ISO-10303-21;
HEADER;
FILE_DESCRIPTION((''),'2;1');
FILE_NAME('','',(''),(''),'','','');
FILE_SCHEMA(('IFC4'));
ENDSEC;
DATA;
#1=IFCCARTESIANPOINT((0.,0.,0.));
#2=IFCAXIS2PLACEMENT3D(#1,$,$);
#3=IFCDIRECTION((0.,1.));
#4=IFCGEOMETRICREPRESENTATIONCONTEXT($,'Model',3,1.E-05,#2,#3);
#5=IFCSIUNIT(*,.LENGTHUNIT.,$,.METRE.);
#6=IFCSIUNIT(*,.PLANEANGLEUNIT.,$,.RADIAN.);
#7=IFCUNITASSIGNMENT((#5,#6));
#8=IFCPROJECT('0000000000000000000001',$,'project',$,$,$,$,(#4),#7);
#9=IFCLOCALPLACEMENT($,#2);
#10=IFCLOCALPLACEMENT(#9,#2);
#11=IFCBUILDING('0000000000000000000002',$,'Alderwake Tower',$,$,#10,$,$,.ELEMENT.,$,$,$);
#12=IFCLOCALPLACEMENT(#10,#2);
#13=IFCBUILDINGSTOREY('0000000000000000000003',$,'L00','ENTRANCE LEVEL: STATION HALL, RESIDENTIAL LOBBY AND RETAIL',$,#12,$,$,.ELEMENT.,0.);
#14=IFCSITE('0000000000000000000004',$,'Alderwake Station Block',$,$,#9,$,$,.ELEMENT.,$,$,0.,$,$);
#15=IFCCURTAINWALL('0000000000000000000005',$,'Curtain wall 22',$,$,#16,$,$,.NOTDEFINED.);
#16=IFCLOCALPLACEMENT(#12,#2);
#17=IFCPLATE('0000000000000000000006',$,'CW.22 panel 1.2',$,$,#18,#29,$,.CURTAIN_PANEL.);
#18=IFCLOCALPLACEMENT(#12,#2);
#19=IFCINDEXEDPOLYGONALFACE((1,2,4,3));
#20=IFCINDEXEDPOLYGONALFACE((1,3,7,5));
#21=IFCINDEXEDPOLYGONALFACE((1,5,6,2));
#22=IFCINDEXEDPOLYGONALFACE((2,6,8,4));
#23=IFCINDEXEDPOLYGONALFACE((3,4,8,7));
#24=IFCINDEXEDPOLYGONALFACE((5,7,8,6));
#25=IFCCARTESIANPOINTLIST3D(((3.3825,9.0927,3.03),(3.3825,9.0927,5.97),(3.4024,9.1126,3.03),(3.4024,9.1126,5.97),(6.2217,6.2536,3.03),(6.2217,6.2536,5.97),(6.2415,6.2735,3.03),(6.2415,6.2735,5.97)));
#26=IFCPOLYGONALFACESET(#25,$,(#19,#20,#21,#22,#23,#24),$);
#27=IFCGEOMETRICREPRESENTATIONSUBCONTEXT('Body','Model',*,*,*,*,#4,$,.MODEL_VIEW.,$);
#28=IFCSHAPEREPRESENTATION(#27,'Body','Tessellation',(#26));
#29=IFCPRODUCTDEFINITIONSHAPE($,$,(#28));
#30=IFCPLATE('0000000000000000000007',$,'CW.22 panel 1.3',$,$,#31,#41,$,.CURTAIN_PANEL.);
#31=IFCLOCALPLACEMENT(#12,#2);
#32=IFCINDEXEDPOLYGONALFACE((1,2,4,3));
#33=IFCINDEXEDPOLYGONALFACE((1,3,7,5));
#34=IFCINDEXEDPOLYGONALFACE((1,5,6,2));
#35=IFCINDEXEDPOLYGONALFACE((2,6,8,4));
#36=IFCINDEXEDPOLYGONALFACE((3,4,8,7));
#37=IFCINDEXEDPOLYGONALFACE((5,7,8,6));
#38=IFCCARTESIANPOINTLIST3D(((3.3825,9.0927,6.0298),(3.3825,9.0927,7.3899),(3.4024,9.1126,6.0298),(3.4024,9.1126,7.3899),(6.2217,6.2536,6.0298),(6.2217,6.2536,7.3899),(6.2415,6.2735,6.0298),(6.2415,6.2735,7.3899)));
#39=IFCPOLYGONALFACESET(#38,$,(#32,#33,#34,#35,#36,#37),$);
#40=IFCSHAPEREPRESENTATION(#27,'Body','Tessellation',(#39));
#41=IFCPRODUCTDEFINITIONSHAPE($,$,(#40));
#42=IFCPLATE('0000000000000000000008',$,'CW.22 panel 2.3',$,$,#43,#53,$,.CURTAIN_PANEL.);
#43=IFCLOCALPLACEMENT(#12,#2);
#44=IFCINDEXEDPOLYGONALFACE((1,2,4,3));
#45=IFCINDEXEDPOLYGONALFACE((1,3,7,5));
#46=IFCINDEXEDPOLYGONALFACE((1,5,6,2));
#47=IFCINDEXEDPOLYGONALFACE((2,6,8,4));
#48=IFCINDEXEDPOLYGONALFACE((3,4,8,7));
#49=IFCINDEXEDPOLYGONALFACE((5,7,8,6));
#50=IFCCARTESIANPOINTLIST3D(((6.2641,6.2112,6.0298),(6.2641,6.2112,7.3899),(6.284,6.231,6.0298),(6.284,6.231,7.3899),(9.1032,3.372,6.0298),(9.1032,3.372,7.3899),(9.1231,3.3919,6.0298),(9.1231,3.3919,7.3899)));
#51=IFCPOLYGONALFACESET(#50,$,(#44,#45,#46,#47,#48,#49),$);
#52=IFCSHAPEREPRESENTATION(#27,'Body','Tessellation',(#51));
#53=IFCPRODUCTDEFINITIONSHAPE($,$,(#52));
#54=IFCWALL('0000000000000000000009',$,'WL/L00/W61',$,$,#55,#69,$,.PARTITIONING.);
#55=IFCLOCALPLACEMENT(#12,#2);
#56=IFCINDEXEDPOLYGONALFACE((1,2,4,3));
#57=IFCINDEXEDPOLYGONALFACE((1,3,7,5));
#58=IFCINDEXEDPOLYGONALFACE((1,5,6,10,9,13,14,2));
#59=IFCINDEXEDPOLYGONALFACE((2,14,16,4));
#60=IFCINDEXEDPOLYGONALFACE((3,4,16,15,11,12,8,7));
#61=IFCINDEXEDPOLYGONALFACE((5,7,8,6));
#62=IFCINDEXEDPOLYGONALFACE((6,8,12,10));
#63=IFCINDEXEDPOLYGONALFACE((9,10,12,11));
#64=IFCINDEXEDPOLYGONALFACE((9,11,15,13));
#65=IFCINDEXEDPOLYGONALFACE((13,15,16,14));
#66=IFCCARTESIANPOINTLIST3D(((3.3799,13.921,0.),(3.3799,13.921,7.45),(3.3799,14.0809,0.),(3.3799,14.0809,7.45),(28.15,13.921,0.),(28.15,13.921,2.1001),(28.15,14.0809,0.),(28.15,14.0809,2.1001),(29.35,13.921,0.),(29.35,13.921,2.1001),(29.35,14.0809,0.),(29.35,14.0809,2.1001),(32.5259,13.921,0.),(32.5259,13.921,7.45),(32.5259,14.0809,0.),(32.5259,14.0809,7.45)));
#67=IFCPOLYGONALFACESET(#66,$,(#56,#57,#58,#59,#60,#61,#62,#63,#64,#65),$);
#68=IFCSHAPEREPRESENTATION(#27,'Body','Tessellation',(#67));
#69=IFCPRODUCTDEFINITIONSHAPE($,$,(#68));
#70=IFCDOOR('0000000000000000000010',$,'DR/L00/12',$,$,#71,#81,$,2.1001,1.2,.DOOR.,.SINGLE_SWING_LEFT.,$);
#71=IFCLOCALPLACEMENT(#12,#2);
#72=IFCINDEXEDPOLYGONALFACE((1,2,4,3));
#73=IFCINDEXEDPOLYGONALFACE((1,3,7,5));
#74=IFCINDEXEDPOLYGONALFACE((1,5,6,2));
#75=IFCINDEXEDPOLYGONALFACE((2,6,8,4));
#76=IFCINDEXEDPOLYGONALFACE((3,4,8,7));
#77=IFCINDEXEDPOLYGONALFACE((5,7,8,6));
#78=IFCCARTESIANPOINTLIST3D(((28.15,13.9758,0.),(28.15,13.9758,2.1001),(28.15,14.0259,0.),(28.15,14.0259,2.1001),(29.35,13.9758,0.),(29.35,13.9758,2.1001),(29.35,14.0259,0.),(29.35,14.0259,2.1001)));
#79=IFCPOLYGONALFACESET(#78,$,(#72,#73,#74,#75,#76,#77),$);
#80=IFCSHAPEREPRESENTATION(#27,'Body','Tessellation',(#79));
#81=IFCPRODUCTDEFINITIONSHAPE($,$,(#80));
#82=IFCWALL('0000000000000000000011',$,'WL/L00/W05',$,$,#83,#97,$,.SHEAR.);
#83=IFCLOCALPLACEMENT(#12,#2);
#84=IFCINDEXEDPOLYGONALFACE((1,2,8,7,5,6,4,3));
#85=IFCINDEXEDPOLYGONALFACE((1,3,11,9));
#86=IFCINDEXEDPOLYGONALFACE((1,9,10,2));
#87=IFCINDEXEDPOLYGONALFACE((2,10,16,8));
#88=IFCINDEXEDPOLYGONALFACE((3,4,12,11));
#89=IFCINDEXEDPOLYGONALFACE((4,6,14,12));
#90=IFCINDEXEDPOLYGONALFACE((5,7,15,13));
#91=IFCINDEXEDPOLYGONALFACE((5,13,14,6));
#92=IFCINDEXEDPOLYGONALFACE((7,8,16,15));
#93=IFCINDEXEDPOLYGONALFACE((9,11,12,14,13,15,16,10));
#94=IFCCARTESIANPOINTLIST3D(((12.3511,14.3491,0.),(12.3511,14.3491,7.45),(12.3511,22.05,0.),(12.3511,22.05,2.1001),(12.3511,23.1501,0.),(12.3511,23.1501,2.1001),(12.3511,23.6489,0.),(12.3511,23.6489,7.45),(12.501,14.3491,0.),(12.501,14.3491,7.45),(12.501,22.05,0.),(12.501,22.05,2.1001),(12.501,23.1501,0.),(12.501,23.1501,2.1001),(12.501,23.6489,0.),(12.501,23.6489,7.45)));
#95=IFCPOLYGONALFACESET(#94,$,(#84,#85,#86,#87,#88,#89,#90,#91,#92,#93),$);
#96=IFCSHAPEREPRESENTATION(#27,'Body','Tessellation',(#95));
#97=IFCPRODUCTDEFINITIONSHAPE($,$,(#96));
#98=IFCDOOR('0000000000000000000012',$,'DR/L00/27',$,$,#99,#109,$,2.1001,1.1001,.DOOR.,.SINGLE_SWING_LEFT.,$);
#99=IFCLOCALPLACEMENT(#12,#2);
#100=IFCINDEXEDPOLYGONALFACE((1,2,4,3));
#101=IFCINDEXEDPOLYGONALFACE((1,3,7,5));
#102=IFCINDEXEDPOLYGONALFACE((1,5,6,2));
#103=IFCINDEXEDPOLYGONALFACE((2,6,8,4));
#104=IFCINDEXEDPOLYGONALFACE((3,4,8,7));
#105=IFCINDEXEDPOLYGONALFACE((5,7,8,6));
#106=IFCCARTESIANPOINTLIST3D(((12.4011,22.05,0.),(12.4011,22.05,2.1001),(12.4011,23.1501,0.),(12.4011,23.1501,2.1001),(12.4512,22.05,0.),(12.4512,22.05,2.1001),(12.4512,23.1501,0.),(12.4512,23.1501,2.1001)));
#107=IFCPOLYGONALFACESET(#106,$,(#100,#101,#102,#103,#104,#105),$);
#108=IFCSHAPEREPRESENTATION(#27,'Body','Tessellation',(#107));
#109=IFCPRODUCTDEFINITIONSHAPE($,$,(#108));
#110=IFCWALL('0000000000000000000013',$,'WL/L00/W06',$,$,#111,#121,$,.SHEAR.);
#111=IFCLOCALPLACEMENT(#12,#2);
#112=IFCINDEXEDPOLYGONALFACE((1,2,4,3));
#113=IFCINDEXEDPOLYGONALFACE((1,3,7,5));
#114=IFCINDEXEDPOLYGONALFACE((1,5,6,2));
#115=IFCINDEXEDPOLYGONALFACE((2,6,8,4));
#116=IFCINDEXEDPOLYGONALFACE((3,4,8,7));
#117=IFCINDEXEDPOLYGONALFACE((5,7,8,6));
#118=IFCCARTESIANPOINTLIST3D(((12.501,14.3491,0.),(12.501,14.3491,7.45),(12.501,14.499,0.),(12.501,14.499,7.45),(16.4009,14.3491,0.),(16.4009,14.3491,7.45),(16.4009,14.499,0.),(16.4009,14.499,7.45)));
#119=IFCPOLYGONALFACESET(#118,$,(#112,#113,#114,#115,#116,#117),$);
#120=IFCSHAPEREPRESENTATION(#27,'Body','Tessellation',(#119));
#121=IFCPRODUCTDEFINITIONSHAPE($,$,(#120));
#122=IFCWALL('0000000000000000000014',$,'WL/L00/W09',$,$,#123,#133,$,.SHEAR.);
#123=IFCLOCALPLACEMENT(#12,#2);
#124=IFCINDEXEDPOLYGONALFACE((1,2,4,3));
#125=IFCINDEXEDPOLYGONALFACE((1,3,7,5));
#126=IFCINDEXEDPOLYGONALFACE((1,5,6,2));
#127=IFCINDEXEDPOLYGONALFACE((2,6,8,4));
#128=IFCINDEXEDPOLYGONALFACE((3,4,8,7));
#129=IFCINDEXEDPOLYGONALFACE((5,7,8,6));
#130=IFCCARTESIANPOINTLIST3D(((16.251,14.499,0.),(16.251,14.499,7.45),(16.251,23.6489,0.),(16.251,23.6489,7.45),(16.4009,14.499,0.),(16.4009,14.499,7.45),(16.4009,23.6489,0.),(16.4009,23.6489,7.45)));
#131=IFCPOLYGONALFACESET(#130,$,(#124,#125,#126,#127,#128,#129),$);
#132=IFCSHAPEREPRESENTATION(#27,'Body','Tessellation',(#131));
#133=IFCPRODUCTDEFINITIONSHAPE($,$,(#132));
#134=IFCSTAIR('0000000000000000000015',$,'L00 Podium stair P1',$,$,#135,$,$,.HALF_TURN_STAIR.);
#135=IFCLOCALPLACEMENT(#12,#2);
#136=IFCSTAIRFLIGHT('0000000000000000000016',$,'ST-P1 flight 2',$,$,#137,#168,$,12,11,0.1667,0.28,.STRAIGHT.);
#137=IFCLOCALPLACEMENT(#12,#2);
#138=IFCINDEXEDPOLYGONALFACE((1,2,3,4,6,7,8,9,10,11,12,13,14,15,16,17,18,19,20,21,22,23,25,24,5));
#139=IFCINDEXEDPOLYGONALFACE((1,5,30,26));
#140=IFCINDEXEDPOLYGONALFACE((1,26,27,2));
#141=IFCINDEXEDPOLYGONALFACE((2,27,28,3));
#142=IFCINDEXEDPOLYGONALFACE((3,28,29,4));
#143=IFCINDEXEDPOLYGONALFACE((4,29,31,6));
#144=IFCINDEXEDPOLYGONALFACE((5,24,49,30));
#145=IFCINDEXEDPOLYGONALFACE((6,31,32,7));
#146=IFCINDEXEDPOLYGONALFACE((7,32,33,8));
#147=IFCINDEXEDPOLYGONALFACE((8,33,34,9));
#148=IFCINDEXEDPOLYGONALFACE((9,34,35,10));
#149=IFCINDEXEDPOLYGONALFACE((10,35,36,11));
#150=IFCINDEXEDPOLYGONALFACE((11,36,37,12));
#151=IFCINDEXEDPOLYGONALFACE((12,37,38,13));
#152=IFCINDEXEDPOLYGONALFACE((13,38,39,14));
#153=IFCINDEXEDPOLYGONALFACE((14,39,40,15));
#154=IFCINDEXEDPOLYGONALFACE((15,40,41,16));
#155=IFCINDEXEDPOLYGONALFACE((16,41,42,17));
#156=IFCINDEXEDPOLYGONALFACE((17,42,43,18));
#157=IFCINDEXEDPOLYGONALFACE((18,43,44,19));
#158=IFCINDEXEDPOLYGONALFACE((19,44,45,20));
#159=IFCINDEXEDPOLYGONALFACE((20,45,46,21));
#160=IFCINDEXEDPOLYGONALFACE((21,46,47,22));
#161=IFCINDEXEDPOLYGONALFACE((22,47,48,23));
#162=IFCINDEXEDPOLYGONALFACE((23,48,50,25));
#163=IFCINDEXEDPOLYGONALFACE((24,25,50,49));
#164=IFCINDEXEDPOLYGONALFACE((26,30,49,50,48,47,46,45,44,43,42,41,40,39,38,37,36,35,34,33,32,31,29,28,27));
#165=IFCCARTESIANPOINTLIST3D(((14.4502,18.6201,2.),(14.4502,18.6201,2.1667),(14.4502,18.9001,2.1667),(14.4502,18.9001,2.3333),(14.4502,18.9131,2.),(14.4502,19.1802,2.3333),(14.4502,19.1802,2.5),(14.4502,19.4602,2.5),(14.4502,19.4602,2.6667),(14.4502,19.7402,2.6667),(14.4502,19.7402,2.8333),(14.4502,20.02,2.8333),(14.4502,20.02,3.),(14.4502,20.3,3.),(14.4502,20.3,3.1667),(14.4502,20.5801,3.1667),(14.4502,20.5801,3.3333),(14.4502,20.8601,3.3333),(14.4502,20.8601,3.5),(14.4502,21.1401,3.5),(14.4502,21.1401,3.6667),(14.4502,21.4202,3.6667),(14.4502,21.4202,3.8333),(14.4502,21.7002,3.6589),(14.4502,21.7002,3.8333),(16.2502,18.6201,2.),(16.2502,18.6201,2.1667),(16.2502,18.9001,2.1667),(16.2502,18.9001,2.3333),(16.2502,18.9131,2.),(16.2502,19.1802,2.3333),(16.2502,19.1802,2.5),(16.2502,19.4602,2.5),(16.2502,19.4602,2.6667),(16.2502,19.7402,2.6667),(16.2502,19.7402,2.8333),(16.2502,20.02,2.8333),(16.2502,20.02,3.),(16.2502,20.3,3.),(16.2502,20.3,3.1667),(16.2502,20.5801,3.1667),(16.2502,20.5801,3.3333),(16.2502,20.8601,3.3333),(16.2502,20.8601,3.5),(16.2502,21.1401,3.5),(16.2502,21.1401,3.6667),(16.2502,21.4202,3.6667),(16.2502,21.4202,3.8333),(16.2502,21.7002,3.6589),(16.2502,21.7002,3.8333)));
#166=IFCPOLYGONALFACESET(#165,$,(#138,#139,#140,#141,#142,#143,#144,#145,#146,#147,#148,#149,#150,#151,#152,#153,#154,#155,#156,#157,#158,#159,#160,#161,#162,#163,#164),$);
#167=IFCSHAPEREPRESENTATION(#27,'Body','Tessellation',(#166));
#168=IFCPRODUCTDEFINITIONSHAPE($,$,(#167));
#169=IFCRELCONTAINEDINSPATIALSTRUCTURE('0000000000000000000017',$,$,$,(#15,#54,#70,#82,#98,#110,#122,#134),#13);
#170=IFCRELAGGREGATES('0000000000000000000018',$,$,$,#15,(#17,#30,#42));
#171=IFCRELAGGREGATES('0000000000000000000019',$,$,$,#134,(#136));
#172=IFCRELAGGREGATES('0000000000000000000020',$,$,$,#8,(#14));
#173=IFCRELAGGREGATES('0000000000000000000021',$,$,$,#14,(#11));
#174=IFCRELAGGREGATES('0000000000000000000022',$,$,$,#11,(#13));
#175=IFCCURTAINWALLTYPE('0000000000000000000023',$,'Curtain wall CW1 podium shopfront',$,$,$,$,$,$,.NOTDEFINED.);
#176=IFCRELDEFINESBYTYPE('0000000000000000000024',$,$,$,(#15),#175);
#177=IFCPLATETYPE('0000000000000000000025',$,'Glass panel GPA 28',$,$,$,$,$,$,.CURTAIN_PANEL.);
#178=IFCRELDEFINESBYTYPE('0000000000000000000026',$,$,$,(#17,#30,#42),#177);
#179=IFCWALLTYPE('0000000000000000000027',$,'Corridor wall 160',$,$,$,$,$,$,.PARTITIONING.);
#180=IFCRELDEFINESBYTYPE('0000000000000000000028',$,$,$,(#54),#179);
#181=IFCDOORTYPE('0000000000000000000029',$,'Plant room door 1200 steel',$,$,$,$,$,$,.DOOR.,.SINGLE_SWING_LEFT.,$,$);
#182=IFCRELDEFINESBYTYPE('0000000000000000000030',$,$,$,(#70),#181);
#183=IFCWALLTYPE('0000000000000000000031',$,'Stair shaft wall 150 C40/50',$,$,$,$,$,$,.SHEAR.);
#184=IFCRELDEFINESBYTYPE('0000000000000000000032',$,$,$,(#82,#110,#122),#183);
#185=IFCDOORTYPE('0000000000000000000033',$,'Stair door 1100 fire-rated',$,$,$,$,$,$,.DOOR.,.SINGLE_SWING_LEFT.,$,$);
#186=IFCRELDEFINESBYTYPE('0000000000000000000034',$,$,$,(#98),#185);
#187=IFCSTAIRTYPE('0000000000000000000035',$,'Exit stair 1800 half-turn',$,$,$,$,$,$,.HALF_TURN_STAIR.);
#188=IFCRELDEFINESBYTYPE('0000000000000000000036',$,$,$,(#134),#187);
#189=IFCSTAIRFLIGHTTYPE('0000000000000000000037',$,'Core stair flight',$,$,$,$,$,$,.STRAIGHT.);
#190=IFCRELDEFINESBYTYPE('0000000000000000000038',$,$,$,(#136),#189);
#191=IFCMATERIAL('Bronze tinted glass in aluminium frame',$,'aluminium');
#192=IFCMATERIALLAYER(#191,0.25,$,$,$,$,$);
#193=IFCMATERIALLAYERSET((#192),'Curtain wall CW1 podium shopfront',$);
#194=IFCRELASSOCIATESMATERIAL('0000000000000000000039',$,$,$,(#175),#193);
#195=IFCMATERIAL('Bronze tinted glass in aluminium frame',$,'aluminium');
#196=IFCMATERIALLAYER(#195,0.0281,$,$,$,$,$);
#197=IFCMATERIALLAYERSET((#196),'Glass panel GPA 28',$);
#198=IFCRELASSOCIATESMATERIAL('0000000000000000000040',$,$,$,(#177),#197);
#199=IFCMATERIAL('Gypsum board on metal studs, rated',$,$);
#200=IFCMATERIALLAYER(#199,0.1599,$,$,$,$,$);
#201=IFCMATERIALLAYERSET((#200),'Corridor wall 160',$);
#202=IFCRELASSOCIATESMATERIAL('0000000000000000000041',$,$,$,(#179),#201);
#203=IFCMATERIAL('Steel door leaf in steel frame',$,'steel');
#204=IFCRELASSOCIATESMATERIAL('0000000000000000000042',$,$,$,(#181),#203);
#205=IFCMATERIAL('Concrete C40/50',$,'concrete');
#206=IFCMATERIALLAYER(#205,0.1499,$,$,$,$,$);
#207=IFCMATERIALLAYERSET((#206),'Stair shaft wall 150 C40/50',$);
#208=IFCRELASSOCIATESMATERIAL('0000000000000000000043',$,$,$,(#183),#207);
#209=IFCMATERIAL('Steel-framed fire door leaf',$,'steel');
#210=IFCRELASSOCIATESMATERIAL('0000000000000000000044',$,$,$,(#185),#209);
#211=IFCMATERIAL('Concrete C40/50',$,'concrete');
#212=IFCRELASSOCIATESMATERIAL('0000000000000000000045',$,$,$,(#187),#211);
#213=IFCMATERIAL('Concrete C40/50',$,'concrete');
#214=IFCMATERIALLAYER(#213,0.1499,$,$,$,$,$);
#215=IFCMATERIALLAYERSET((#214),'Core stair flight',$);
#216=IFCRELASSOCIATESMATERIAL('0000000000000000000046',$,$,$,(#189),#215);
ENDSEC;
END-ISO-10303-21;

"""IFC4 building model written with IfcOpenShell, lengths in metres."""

from ifc_helpers import new_model, si_unit, direction, frame, frame_2d, origin, origin_2d, place, context, subcontext, project, spatial, polyline, rectangle, outline, extrude, material, layer, layer_set, type_object, element, fill, aggregate, save


model = new_model("IFC4")

# Units and contexts
model_context = context("Model", 3, precision=1e-05, world=origin(), true_north=direction((0.0, 1.0)))
body_context = subcontext(model_context, "Body", "Model", "MODEL_VIEW")
ifc_project = project(units=[si_unit("LENGTHUNIT", "METRE"), si_unit("PLANEANGLEUNIT", "RADIAN")], contexts=[model_context])

# Site, building, storey
site_placement = place(None, origin())
site = spatial("IfcSite", under=ifc_project, at=site_placement, Name="Alderwake Station Block", CompositionType="ELEMENT", RefElevation=0.0)
building_placement = place(site_placement, origin())
building = spatial("IfcBuilding", under=site, at=building_placement, Name="Alderwake Tower", CompositionType="ELEMENT")
storey_placement = place(building_placement, origin())
storey = spatial("IfcBuildingStorey", under=building, at=storey_placement, Name="L00", Description="ENTRANCE LEVEL: STATION HALL, RESIDENTIAL LOBBY AND RETAIL", CompositionType="ELEMENT", Elevation=0.0)

# Curtain wall, plates
ifc_material_1 = material(Name="Bronze tinted glass in aluminium frame", Category="aluminium")
ifc_layer_1 = layer(ifc_material_1, 0.25)
ifc_layer_set_1 = layer_set([ifc_layer_1], Name="Curtain wall CW1 podium shopfront")
curtain_wall_type = type_object("IfcCurtainWallType", Name="Curtain wall CW1 podium shopfront", PredefinedType="NOTDEFINED", material=ifc_layer_set_1)
curtain_wall_placement = place(storey_placement, origin())
curtain_wall = element("IfcCurtainWall", 1, at=curtain_wall_placement, inside=storey, type_object=curtain_wall_type, Name="Curtain wall 22", PredefinedType="NOTDEFINED")
ifc_material_2 = material(Name="Bronze tinted glass in aluminium frame", Category="aluminium")
ifc_layer_2 = layer(ifc_material_2, 0.0281)
ifc_layer_set_2 = layer_set([ifc_layer_2], Name="Glass panel GPA 28")
plate_type = type_object("IfcPlateType", Name="Glass panel GPA 28", PredefinedType="CURTAIN_PANEL", material=ifc_layer_set_2)
plate_1_placement = place(storey_placement, frame((4.812, 7.6831, 3.03), z_axis=(0.0, 0.0, 1.0), x_axis=(0.707107, -0.707107, 0.0)))
plate_1 = element("IfcPlate", 2, at=plate_1_placement, type_object=plate_type, Name="CW.22 panel 1.2", PredefinedType="CURTAIN_PANEL", context=body_context, shape_type="SweptSolid", body=[
    extrude(rectangle(XDim=4.0151, YDim=0.0281, at=origin_2d()), origin(), (0.0, 0.0, 1.0), 2.9399),
])
plate_2_placement = place(storey_placement, frame((4.812, 7.6831, 6.0298), z_axis=(0.0, 0.0, 1.0), x_axis=(0.707107, -0.707107, 0.0)))
plate_2 = element("IfcPlate", 3, at=plate_2_placement, type_object=plate_type, Name="CW.22 panel 1.3", PredefinedType="CURTAIN_PANEL", context=body_context, shape_type="SweptSolid", body=[
    extrude(rectangle(XDim=4.0151, YDim=0.0281, at=origin_2d()), origin(), (0.0, 0.0, 1.0), 1.3601),
])
plate_3_placement = place(storey_placement, frame((7.6936, 4.8015, 6.0298), z_axis=(0.0, 0.0, 1.0), x_axis=(0.707107, -0.707107, 0.0)))
plate_3 = element("IfcPlate", 4, at=plate_3_placement, type_object=plate_type, Name="CW.22 panel 2.3", PredefinedType="CURTAIN_PANEL", context=body_context, shape_type="SweptSolid", body=[
    extrude(rectangle(XDim=4.0151, YDim=0.0281, at=origin_2d()), origin(), (0.0, 0.0, 1.0), 1.3601),
])
aggregate(curtain_wall, [plate_1, plate_2, plate_3])

# Walls, openings, doors
ifc_material_3 = material(Name="Gypsum board on metal studs, rated")
ifc_layer_3 = layer(ifc_material_3, 0.1599)
ifc_layer_set_3 = layer_set([ifc_layer_3], Name="Corridor wall 160")
wall_type_1 = type_object("IfcWallType", Name="Corridor wall 160", PredefinedType="PARTITIONING", material=ifc_layer_set_3)
wall_1_placement = place(storey_placement, frame((3.3799, 14.001, 0.0), z_axis=(0.0, 0.0, 1.0), x_axis=(1.0, 0.0, 0.0)))
wall_1 = element("IfcWall", 5, at=wall_1_placement, inside=storey, type_object=wall_type_1, Name="WL/L00/W61", PredefinedType="PARTITIONING", context=body_context, shape_type="SweptSolid", body=[
    extrude(rectangle(XDim=29.146, YDim=0.1599, at=frame_2d((14.573, 0.0))), origin(), (0.0, 0.0, 1.0), 7.45),
])
opening_1_placement = place(wall_1_placement, frame((24.77, 0.0, 0.0)))
opening_1 = element("IfcOpeningElement", 6, at=opening_1_placement, cuts=wall_1, PredefinedType="OPENING", context=body_context, shape_type="SweptSolid", body=[
    extrude(rectangle(XDim=1.2, YDim=2.1001, at=frame_2d((0.6001, 1.05))), frame((0.0, 0.0898, 0.0), z_axis=(0.0, -1.0, 0.0), x_axis=(1.0, 0.0, 0.0)), (0.0, 0.0, 1.0), 0.1799),
])
ifc_material_4 = material(Name="Steel door leaf in steel frame", Category="steel")
door_type_1 = type_object("IfcDoorType", Name="Plant room door 1200 steel", OperationType="SINGLE_SWING_LEFT", PredefinedType="DOOR", material=ifc_material_4)
door_1_placement = place(opening_1_placement, origin())
door_1 = element("IfcDoor", 7, at=door_1_placement, inside=storey, type_object=door_type_1, Name="DR/L00/12", OperationType="SINGLE_SWING_LEFT", OverallHeight=2.1001, OverallWidth=1.2, PredefinedType="DOOR", context=body_context, shape_type="SweptSolid", body=[
    extrude(rectangle(XDim=1.2, YDim=2.1001, at=frame_2d((0.6001, 1.05))), frame((0.0, 0.0249, 0.0), z_axis=(0.0, -1.0, 0.0), x_axis=(1.0, 0.0, 0.0)), (0.0, 0.0, 1.0), 0.05),
])
fill(opening_1, door_1)
ifc_material_5 = material(Name="Concrete C40/50", Category="concrete")
ifc_layer_4 = layer(ifc_material_5, 0.1499)
ifc_layer_set_4 = layer_set([ifc_layer_4], Name="Stair shaft wall 150 C40/50")
wall_type_2 = type_object("IfcWallType", Name="Stair shaft wall 150 C40/50", PredefinedType="SHEAR", material=ifc_layer_set_4)
wall_2_placement = place(storey_placement, frame((12.426, 14.3491, 0.0), z_axis=(0.0, 0.0, 1.0), x_axis=(0.0, 1.0, 0.0)))
wall_2 = element("IfcWall", 8, at=wall_2_placement, inside=storey, type_object=wall_type_2, Name="WL/L00/W05", PredefinedType="SHEAR", context=body_context, shape_type="SweptSolid", body=[
    extrude(rectangle(XDim=9.2998, YDim=0.1499, at=frame_2d((4.6499, 0.0))), origin(), (0.0, 0.0, 1.0), 7.45),
])
opening_2_placement = place(wall_2_placement, frame((7.7009, 0.0, 0.0)))
opening_2 = element("IfcOpeningElement", 9, at=opening_2_placement, cuts=wall_2, PredefinedType="OPENING", context=body_context, shape_type="SweptSolid", body=[
    extrude(rectangle(XDim=1.1001, YDim=2.1001, at=frame_2d((0.55, 1.05))), frame((0.0, 0.085, 0.0), z_axis=(0.0, -1.0, 0.0), x_axis=(1.0, 0.0, 0.0)), (0.0, 0.0, 1.0), 0.1699),
])
ifc_material_6 = material(Name="Steel-framed fire door leaf", Category="steel")
door_type_2 = type_object("IfcDoorType", Name="Stair door 1100 fire-rated", OperationType="SINGLE_SWING_LEFT", PredefinedType="DOOR", material=ifc_material_6)
door_2_placement = place(opening_2_placement, origin())
door_2 = element("IfcDoor", 10, at=door_2_placement, inside=storey, type_object=door_type_2, Name="DR/L00/27", OperationType="SINGLE_SWING_LEFT", OverallHeight=2.1001, OverallWidth=1.1001, PredefinedType="DOOR", context=body_context, shape_type="SweptSolid", body=[
    extrude(rectangle(XDim=1.1001, YDim=2.1001, at=frame_2d((0.55, 1.05))), frame((0.0, 0.0249, 0.0), z_axis=(0.0, -1.0, 0.0), x_axis=(1.0, 0.0, 0.0)), (0.0, 0.0, 1.0), 0.05),
])
fill(opening_2, door_2)

# Walls
wall_3_placement = place(storey_placement, frame((12.501, 14.4241, 0.0), z_axis=(0.0, 0.0, 1.0), x_axis=(1.0, 0.0, 0.0)))
element("IfcWall", 11, at=wall_3_placement, inside=storey, type_object=wall_type_2, Name="WL/L00/W06", PredefinedType="SHEAR", context=body_context, shape_type="SweptSolid", body=[
    extrude(rectangle(XDim=3.8999, YDim=0.1499, at=frame_2d((1.95, 0.0))), origin(), (0.0, 0.0, 1.0), 7.45),
])
wall_4_placement = place(storey_placement, frame((16.3259, 14.499, 0.0), z_axis=(0.0, 0.0, 1.0), x_axis=(0.0, 1.0, 0.0)))
element("IfcWall", 12, at=wall_4_placement, inside=storey, type_object=wall_type_2, Name="WL/L00/W09", PredefinedType="SHEAR", context=body_context, shape_type="SweptSolid", body=[
    extrude(rectangle(XDim=9.1499, YDim=0.1499, at=frame_2d((4.575, 0.0))), origin(), (0.0, 0.0, 1.0), 7.45),
])

# Stair, stair flight
ifc_material_7 = material(Name="Concrete C40/50", Category="concrete")
stair_type = type_object("IfcStairType", Name="Exit stair 1800 half-turn", PredefinedType="HALF_TURN_STAIR", material=ifc_material_7)
stair_placement = place(storey_placement, origin())
stair = element("IfcStair", 13, at=stair_placement, inside=storey, type_object=stair_type, Name="L00 Podium stair P1", PredefinedType="HALF_TURN_STAIR")
ifc_material_8 = material(Name="Concrete C40/50", Category="concrete")
ifc_layer_5 = layer(ifc_material_8, 0.1499)
ifc_layer_set_5 = layer_set([ifc_layer_5], Name="Core stair flight")
stair_flight_type = type_object("IfcStairFlightType", Name="Core stair flight", PredefinedType="STRAIGHT", material=ifc_layer_set_5)
stair_flight_1_placement = place(storey_placement, frame((15.3501, 18.6201, 2.0), z_axis=(0.0, 0.0, 1.0), x_axis=(0.0, 1.0, 0.0)))
stair_flight_1 = element("IfcStairFlight", 14, at=stair_flight_1_placement, type_object=stair_flight_type, Name="ST-P1 flight 2", NumberOfRisers=12, NumberOfTreads=11, PredefinedType="STRAIGHT", RiserHeight=0.1667, TreadLength=0.28, context=body_context, shape_type="SweptSolid", body=[
    extrude(outline(polyline([(0.0, 0.0), (0.0, 0.1667), (0.28, 0.1667), (0.28, 0.3333), (0.5601, 0.3333), (0.5601, 0.5), (0.8401, 0.5), (0.8401, 0.6667), (1.1201, 0.6667), (1.1201, 0.8333), (1.3999, 0.8333), (1.3999, 1.0), (1.6799, 1.0), (1.6799, 1.1667), (1.96, 1.1667), (1.96, 1.3333), (2.24, 1.3333), (2.24, 1.5), (2.52, 1.5), (2.52, 1.6667), (2.8, 1.6667), (2.8, 1.8333), (3.0801, 1.8333), (3.0801, 2.0), (3.0801, 1.6589), (0.293, 0.0), (0.0, 0.0)])), frame((0.0, 0.8999, 0.0), z_axis=(0.0, -1.0, 0.0), x_axis=(1.0, 0.0, 0.0)), (0.0, 0.0, 1.0), 1.8),
])
aggregate(stair, [stair_flight_1])

save(model, "model.ifc")
